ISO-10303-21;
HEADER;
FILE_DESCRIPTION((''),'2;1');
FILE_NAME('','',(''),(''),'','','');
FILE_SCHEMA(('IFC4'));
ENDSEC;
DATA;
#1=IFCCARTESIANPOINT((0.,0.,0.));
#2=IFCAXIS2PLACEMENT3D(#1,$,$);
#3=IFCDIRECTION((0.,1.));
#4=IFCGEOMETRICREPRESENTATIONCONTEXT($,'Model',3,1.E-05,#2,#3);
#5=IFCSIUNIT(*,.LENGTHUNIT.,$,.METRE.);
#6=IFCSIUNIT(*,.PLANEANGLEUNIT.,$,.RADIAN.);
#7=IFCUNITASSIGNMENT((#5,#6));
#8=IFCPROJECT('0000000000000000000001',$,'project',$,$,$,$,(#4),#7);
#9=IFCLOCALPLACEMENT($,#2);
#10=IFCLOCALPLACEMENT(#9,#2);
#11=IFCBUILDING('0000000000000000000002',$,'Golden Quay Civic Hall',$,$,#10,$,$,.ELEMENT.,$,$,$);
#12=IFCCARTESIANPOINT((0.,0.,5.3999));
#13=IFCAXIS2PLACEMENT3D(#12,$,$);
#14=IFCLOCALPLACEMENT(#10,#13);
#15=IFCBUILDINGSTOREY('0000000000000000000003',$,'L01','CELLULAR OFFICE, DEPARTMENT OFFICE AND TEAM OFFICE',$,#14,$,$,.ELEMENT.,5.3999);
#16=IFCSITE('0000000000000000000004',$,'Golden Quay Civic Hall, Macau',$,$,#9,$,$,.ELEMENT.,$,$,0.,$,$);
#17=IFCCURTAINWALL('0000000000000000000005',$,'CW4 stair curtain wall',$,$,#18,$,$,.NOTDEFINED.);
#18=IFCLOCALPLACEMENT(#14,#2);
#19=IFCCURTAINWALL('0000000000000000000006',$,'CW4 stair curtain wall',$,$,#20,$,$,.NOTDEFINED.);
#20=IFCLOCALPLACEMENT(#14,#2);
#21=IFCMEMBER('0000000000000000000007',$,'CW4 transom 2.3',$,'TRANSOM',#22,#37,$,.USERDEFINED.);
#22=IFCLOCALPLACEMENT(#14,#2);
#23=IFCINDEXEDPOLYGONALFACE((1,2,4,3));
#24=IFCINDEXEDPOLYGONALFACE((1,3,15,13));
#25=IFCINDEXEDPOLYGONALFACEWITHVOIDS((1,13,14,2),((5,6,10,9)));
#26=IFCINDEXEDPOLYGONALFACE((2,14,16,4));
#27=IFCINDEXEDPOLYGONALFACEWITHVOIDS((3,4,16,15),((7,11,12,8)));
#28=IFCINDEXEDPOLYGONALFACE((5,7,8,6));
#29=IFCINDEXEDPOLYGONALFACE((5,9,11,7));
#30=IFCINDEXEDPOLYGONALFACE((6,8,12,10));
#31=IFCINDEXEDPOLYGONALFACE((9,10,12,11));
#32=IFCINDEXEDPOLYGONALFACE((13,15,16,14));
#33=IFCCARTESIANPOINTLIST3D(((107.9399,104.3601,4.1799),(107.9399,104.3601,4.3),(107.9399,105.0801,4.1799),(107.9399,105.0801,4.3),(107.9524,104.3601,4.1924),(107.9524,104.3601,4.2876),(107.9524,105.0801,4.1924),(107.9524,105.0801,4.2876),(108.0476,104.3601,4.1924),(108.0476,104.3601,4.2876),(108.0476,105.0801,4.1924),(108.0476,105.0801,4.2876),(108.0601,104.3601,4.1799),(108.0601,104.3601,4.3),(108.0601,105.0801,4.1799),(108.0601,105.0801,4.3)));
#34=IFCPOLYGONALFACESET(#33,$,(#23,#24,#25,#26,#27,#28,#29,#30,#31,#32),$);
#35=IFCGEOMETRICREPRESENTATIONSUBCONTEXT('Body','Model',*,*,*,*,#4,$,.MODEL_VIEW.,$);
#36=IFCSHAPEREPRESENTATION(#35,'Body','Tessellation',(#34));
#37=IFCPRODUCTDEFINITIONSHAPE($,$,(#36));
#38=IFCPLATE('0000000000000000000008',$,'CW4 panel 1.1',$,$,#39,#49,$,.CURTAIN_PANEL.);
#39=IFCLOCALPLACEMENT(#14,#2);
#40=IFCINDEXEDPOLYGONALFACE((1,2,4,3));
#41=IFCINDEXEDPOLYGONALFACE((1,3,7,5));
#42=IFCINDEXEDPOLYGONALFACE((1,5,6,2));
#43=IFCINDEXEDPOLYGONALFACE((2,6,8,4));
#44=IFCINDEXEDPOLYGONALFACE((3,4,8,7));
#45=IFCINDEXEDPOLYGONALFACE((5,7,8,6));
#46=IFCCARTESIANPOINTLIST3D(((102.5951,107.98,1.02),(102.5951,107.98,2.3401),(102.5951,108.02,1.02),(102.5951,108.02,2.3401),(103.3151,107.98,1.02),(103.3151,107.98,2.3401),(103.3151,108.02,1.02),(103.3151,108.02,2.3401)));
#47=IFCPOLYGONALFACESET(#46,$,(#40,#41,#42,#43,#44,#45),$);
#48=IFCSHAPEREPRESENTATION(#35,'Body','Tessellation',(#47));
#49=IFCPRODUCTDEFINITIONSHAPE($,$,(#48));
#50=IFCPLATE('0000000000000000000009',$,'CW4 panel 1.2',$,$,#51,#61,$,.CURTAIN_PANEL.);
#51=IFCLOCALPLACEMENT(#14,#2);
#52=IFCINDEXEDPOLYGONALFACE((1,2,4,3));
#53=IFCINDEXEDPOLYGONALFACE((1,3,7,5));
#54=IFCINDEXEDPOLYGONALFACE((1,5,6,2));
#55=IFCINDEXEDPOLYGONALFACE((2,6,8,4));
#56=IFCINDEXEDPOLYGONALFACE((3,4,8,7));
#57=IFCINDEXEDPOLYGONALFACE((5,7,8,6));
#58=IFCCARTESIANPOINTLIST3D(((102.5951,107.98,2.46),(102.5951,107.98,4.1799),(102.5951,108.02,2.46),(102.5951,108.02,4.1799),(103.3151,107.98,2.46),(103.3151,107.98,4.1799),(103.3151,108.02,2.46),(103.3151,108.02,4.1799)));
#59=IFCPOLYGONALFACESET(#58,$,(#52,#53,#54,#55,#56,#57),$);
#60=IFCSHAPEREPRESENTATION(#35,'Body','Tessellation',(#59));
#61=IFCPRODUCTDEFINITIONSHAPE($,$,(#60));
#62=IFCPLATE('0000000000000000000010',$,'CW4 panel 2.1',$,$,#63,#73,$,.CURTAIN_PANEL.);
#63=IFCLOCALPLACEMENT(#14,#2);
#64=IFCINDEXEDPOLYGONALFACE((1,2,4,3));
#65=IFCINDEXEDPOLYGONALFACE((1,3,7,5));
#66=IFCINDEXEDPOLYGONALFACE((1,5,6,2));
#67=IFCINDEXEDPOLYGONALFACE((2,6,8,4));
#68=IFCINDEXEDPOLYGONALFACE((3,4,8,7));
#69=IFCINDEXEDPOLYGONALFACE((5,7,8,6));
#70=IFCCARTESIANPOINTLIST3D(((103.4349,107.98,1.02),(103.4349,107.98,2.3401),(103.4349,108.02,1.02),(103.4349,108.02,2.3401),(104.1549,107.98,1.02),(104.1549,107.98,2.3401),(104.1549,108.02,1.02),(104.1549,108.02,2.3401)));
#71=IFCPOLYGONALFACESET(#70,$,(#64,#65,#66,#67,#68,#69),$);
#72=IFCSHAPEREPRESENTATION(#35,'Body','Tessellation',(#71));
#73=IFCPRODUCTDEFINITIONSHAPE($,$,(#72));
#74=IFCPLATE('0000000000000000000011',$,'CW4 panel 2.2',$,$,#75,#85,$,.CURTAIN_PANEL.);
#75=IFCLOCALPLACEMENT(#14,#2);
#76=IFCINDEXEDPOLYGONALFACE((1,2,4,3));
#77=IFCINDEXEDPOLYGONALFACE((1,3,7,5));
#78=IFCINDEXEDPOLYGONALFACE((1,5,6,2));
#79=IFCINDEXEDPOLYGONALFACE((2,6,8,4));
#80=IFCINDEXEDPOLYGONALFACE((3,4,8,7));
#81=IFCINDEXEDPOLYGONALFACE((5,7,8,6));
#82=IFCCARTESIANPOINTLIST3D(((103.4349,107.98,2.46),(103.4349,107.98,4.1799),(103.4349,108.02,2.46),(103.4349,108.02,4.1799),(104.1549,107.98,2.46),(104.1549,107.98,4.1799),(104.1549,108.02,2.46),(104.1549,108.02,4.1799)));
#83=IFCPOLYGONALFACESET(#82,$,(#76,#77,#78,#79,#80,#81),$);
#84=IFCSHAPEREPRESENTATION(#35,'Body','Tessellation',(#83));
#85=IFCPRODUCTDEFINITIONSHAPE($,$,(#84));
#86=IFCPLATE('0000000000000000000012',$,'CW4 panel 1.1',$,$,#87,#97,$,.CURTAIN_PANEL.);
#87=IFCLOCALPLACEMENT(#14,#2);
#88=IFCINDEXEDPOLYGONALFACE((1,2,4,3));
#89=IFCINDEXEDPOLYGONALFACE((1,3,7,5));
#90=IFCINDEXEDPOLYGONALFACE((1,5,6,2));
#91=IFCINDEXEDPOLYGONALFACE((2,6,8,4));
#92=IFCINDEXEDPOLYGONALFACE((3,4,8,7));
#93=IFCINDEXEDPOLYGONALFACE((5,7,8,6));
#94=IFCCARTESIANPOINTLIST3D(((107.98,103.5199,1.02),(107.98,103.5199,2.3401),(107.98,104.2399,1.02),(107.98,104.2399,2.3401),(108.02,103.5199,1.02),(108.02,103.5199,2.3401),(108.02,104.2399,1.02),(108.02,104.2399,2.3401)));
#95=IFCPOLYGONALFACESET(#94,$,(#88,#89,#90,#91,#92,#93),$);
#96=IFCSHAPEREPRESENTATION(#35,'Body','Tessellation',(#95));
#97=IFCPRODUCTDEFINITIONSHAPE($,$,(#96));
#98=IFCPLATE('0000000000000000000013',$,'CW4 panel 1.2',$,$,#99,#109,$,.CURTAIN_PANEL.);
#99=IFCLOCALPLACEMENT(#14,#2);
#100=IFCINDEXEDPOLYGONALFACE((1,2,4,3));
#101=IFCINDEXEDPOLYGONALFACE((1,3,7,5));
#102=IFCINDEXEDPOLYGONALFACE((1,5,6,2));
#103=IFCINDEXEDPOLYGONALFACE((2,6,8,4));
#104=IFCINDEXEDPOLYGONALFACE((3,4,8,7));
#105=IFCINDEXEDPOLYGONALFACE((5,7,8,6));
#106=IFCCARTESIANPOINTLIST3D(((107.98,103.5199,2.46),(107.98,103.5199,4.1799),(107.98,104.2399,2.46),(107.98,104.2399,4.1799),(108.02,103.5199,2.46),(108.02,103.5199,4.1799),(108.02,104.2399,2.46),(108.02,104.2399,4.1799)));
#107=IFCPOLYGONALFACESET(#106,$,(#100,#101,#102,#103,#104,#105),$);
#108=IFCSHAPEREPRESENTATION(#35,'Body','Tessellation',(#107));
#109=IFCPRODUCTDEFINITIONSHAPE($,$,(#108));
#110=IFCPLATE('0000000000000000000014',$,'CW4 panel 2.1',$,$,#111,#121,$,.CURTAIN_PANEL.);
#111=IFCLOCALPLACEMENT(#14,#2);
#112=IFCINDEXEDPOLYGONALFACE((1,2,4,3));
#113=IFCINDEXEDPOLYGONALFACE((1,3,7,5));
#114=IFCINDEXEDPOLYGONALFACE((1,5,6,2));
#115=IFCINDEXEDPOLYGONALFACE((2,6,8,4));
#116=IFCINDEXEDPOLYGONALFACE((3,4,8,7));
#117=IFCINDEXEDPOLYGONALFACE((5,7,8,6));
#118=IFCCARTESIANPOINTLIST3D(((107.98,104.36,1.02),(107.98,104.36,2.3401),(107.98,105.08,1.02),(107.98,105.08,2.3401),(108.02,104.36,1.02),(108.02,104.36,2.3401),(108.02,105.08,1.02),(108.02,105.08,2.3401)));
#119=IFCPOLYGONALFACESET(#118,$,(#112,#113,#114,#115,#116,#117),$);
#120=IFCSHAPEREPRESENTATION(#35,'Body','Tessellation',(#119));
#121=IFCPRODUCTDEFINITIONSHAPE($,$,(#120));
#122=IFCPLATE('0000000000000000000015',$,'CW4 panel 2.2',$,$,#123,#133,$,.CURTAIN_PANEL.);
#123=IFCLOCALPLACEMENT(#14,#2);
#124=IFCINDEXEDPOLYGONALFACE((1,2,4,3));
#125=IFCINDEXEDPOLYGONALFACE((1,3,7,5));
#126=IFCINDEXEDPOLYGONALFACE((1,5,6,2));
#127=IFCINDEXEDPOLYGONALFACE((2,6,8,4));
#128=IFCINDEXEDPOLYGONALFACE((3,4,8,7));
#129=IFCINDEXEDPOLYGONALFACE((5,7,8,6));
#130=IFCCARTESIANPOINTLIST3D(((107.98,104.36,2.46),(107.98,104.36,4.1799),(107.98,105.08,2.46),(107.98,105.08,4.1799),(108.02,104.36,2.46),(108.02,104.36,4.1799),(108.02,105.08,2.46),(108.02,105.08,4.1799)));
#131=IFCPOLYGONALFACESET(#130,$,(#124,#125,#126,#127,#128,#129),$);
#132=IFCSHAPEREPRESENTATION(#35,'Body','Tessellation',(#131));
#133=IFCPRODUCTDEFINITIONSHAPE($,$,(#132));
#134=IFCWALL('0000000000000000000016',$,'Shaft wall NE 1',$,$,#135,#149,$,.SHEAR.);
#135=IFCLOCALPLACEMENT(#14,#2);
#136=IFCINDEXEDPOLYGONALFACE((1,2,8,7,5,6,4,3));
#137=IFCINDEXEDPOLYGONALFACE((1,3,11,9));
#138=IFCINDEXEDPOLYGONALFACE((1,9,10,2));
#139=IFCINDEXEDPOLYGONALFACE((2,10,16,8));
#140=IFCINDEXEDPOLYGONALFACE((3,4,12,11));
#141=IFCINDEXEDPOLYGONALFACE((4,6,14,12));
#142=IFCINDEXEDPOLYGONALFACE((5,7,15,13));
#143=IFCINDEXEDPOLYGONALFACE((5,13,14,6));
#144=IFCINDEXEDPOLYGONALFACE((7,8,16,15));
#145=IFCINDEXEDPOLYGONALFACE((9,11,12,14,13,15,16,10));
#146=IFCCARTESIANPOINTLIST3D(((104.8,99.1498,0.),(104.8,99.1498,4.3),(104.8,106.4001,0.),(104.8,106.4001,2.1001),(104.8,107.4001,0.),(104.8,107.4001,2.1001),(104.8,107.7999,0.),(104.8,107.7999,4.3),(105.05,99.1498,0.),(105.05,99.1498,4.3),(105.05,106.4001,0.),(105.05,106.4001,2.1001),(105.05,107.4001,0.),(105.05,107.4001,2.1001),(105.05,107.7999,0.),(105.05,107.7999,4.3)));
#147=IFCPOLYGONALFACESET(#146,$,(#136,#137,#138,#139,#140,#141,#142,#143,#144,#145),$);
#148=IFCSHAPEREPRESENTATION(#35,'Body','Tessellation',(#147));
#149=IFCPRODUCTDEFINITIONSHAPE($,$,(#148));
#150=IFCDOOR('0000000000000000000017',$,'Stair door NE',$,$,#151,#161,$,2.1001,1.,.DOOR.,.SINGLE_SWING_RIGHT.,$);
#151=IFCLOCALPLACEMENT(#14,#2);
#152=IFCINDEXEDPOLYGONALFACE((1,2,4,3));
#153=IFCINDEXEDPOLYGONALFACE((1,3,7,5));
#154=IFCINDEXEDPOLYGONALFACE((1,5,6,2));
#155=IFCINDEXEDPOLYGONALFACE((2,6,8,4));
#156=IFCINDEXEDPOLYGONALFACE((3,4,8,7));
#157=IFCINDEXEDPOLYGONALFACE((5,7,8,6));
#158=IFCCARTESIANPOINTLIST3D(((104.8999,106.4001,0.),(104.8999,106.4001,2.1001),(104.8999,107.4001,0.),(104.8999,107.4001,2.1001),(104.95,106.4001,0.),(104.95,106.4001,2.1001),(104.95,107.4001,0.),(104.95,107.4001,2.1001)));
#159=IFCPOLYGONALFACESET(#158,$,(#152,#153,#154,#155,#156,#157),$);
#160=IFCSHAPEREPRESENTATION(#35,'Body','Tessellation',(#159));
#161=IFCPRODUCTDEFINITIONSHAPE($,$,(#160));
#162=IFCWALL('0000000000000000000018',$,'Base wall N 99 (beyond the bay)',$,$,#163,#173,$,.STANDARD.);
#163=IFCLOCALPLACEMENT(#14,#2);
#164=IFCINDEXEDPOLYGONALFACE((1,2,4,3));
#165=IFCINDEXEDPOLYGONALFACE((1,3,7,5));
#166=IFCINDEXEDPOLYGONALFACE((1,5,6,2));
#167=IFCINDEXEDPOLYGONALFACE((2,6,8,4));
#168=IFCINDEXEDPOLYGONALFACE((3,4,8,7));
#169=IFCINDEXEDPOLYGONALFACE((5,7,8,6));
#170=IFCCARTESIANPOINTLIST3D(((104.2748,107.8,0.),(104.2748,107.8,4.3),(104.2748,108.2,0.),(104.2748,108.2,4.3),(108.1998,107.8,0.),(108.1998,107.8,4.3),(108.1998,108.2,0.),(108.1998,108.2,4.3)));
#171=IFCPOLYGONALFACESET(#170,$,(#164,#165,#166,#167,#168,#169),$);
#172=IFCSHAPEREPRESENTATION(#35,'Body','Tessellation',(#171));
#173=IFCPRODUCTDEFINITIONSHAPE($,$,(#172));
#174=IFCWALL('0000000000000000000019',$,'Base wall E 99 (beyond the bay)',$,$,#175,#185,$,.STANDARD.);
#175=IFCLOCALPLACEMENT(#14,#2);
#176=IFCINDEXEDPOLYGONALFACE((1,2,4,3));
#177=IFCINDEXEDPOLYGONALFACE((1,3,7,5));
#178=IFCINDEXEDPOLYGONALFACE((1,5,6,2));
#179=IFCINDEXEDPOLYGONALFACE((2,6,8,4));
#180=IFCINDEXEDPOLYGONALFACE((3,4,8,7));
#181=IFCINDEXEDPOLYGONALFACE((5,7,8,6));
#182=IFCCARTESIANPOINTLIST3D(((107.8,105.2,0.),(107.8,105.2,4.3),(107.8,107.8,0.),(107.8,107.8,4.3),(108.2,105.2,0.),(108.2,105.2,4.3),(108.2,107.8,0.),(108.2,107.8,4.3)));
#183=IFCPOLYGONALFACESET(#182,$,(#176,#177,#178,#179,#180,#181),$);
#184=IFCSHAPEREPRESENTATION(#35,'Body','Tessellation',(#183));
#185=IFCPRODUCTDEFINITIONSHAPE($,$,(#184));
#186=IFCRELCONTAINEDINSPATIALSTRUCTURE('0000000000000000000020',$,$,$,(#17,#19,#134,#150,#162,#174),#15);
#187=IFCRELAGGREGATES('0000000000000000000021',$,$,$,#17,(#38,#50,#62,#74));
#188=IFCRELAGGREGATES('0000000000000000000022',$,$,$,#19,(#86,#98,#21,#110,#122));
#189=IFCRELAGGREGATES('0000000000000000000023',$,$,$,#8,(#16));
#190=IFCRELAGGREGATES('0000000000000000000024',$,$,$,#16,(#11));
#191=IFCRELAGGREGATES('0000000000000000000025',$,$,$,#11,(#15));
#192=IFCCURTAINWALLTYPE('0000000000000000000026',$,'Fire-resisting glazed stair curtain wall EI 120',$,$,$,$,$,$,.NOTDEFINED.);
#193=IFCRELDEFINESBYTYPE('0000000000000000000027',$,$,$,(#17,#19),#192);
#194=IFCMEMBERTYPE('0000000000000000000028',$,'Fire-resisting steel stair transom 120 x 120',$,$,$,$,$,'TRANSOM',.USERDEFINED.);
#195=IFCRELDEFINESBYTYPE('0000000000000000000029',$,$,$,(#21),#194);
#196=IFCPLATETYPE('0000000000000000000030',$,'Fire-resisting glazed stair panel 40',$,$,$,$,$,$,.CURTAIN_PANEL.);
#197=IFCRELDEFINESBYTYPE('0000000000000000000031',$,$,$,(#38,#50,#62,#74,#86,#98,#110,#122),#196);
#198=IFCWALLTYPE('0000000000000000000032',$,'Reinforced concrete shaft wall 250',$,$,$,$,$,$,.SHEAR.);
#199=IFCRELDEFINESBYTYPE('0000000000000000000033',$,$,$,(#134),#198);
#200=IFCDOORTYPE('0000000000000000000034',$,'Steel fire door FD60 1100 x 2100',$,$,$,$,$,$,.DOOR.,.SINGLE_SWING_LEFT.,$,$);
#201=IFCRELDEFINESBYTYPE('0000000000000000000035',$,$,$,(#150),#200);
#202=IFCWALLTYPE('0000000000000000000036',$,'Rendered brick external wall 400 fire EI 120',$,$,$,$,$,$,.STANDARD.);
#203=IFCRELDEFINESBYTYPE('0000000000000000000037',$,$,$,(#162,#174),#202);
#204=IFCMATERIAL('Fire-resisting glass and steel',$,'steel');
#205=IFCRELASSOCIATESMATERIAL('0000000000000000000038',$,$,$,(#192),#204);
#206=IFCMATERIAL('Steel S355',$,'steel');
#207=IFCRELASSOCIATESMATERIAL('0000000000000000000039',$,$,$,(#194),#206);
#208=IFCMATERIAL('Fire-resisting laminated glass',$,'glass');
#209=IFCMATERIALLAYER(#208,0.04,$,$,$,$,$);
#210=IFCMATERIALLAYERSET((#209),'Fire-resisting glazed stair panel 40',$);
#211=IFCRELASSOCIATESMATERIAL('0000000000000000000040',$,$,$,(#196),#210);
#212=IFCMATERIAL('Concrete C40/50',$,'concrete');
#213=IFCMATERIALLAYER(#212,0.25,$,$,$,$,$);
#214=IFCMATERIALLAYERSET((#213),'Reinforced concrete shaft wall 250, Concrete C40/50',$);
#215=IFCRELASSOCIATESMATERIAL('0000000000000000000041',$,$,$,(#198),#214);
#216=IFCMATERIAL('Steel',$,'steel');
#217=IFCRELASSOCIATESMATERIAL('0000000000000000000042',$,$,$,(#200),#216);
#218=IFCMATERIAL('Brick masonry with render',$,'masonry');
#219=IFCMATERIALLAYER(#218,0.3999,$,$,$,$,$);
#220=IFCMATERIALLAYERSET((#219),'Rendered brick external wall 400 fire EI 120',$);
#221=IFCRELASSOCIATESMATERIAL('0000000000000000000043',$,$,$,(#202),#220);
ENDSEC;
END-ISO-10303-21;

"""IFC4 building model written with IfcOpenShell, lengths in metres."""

from ifc_helpers import new_model, si_unit, direction, frame, frame_2d, origin, origin_2d, place, context, subcontext, project, spatial, rectangle, hollow_rectangle, extrude, material, layer, layer_set, material_profile, profile_set, type_object, element, fill, aggregate, save


model = new_model("IFC4")

# Units and contexts
model_context = context("Model", 3, precision=1e-05, world=origin(), true_north=direction((0.0, 1.0)))
body_context = subcontext(model_context, "Body", "Model", "MODEL_VIEW")
ifc_project = project(units=[si_unit("LENGTHUNIT", "METRE"), si_unit("PLANEANGLEUNIT", "RADIAN")], contexts=[model_context])

# Site, building, storey
site_placement = place(None, origin())
site = spatial("IfcSite", under=ifc_project, at=site_placement, Name="Golden Quay Civic Hall, Macau", CompositionType="ELEMENT", RefElevation=0.0)
building_placement = place(site_placement, origin())
building = spatial("IfcBuilding", under=site, at=building_placement, Name="Golden Quay Civic Hall", CompositionType="ELEMENT")
storey_placement = place(building_placement, frame((0.0, 0.0, 5.3999)))
storey = spatial("IfcBuildingStorey", under=building, at=storey_placement, Name="L01", Description="CELLULAR OFFICE, DEPARTMENT OFFICE AND TEAM OFFICE", CompositionType="ELEMENT", Elevation=5.3999)

# Curtain walls
ifc_material_1 = material(Name="Fire-resisting glass and steel", Category="steel")
curtain_wall_type = type_object("IfcCurtainWallType", Name="Fire-resisting glazed stair curtain wall EI 120", PredefinedType="NOTDEFINED", material=ifc_material_1)
curtain_wall_1_placement = place(storey_placement, origin())
curtain_wall_1 = element("IfcCurtainWall", 1, at=curtain_wall_1_placement, inside=storey, type_object=curtain_wall_type, Name="CW4 stair curtain wall", PredefinedType="NOTDEFINED")
curtain_wall_2_placement = place(storey_placement, origin())
curtain_wall_2 = element("IfcCurtainWall", 2, at=curtain_wall_2_placement, inside=storey, type_object=curtain_wall_type, Name="CW4 stair curtain wall", PredefinedType="NOTDEFINED")

# Member
ifc_material_2 = material(Name="Steel S355", Category="steel")
ifc_material_profile_1 = material_profile(ifc_material_2, hollow_rectangle(XDim=0.1201, YDim=0.1201, WallThickness=0.0125, at=origin_2d()), Name="SHS 120x120x12.5")
ifc_profile_set_1 = profile_set([ifc_material_profile_1], Name="Steel S355")
member_type_1 = type_object("IfcMemberType", Name="Fire-resisting steel stair transom 120 x 120", ElementType="TRANSOM", PredefinedType="USERDEFINED", material=ifc_profile_set_1)
member_1_placement = place(storey_placement, frame((108.0, 104.3601, 4.24), z_axis=(0.0, 1.0, 0.0), x_axis=(-1.0, 0.0, 0.0)))
member_1 = element("IfcMember", 3, at=member_1_placement, type_object=member_type_1, Name="CW4 transom 2.3", ObjectType="TRANSOM", PredefinedType="USERDEFINED", context=body_context, shape_type="SweptSolid", body=[
    extrude(hollow_rectangle(XDim=0.1201, YDim=0.1201, WallThickness=0.0125, at=origin_2d()), origin(), (0.0, 0.0, 1.0), 0.72),
])

# Plates
ifc_material_3 = material(Name="Fire-resisting laminated glass", Category="glass")
ifc_layer_1 = layer(ifc_material_3, 0.04)
ifc_layer_set_1 = layer_set([ifc_layer_1], Name="Fire-resisting glazed stair panel 40")
plate_type = type_object("IfcPlateType", Name="Fire-resisting glazed stair panel 40", PredefinedType="CURTAIN_PANEL", material=ifc_layer_set_1)
plate_1_placement = place(storey_placement, frame((102.9551, 108.0, 1.02), z_axis=(0.0, 0.0, 1.0), x_axis=(1.0, 0.0, 0.0)))
plate_1 = element("IfcPlate", 4, at=plate_1_placement, type_object=plate_type, Name="CW4 panel 1.1", PredefinedType="CURTAIN_PANEL", context=body_context, shape_type="SweptSolid", body=[
    extrude(rectangle(XDim=0.72, YDim=0.04, at=origin_2d()), origin(), (0.0, 0.0, 1.0), 1.3201),
])
plate_2_placement = place(storey_placement, frame((102.9551, 108.0, 2.46), z_axis=(0.0, 0.0, 1.0), x_axis=(1.0, 0.0, 0.0)))
plate_2 = element("IfcPlate", 5, at=plate_2_placement, type_object=plate_type, Name="CW4 panel 1.2", PredefinedType="CURTAIN_PANEL", context=body_context, shape_type="SweptSolid", body=[
    extrude(rectangle(XDim=0.72, YDim=0.04, at=origin_2d()), origin(), (0.0, 0.0, 1.0), 1.72),
])
plate_3_placement = place(storey_placement, frame((103.7949, 108.0, 1.02), z_axis=(0.0, 0.0, 1.0), x_axis=(1.0, 0.0, 0.0)))
plate_3 = element("IfcPlate", 6, at=plate_3_placement, type_object=plate_type, Name="CW4 panel 2.1", PredefinedType="CURTAIN_PANEL", context=body_context, shape_type="SweptSolid", body=[
    extrude(rectangle(XDim=0.72, YDim=0.04, at=origin_2d()), origin(), (0.0, 0.0, 1.0), 1.3201),
])
plate_4_placement = place(storey_placement, frame((103.7949, 108.0, 2.46), z_axis=(0.0, 0.0, 1.0), x_axis=(1.0, 0.0, 0.0)))
plate_4 = element("IfcPlate", 7, at=plate_4_placement, type_object=plate_type, Name="CW4 panel 2.2", PredefinedType="CURTAIN_PANEL", context=body_context, shape_type="SweptSolid", body=[
    extrude(rectangle(XDim=0.72, YDim=0.04, at=origin_2d()), origin(), (0.0, 0.0, 1.0), 1.72),
])
aggregate(curtain_wall_1, [plate_1, plate_2, plate_3, plate_4])
plate_5_placement = place(storey_placement, frame((108.0, 103.8799, 1.02), z_axis=(0.0, 0.0, 1.0), x_axis=(0.0, 1.0, 0.0)))
plate_5 = element("IfcPlate", 8, at=plate_5_placement, type_object=plate_type, Name="CW4 panel 1.1", PredefinedType="CURTAIN_PANEL", context=body_context, shape_type="SweptSolid", body=[
    extrude(rectangle(XDim=0.72, YDim=0.04, at=origin_2d()), origin(), (0.0, 0.0, 1.0), 1.3201),
])
plate_6_placement = place(storey_placement, frame((108.0, 103.8799, 2.46), z_axis=(0.0, 0.0, 1.0), x_axis=(0.0, 1.0, 0.0)))
plate_6 = element("IfcPlate", 9, at=plate_6_placement, type_object=plate_type, Name="CW4 panel 1.2", PredefinedType="CURTAIN_PANEL", context=body_context, shape_type="SweptSolid", body=[
    extrude(rectangle(XDim=0.72, YDim=0.04, at=origin_2d()), origin(), (0.0, 0.0, 1.0), 1.72),
])
plate_7_placement = place(storey_placement, frame((108.0, 104.72, 1.02), z_axis=(0.0, 0.0, 1.0), x_axis=(0.0, 1.0, 0.0)))
plate_7 = element("IfcPlate", 10, at=plate_7_placement, type_object=plate_type, Name="CW4 panel 2.1", PredefinedType="CURTAIN_PANEL", context=body_context, shape_type="SweptSolid", body=[
    extrude(rectangle(XDim=0.72, YDim=0.04, at=origin_2d()), origin(), (0.0, 0.0, 1.0), 1.3201),
])
plate_8_placement = place(storey_placement, frame((108.0, 104.72, 2.46), z_axis=(0.0, 0.0, 1.0), x_axis=(0.0, 1.0, 0.0)))
plate_8 = element("IfcPlate", 11, at=plate_8_placement, type_object=plate_type, Name="CW4 panel 2.2", PredefinedType="CURTAIN_PANEL", context=body_context, shape_type="SweptSolid", body=[
    extrude(rectangle(XDim=0.72, YDim=0.04, at=origin_2d()), origin(), (0.0, 0.0, 1.0), 1.72),
])
aggregate(curtain_wall_2, [plate_5, plate_6, member_1, plate_7, plate_8])

# Wall, opening, door
ifc_material_4 = material(Name="Concrete C40/50", Category="concrete")
ifc_layer_2 = layer(ifc_material_4, 0.25)
ifc_layer_set_2 = layer_set([ifc_layer_2], Name="Reinforced concrete shaft wall 250, Concrete C40/50")
wall_type_1 = type_object("IfcWallType", Name="Reinforced concrete shaft wall 250", PredefinedType="SHEAR", material=ifc_layer_set_2)
wall_1_placement = place(storey_placement, frame((104.925, 107.8, 0.0), z_axis=(0.0, 0.0, 1.0), x_axis=(0.0, -1.0, 0.0)))
wall_1 = element("IfcWall", 12, at=wall_1_placement, inside=storey, type_object=wall_type_1, Name="Shaft wall NE 1", PredefinedType="SHEAR", context=body_context, shape_type="SweptSolid", body=[
    extrude(rectangle(XDim=8.6501, YDim=0.25, at=frame_2d((4.3252, 0.0))), origin(), (0.0, 0.0, 1.0), 4.3),
])
opening_placement = place(wall_1_placement, frame((0.3999, 0.0, 0.0)))
opening = element("IfcOpeningElement", 13, at=opening_placement, cuts=wall_1, PredefinedType="OPENING", context=body_context, shape_type="SweptSolid", body=[
    extrude(rectangle(XDim=1.0, YDim=2.1001, at=frame_2d((0.5, 1.05))), frame((0.0, 0.135, 0.0), z_axis=(0.0, -1.0, 0.0), x_axis=(1.0, 0.0, 0.0)), (0.0, 0.0, 1.0), 0.27),
])
ifc_material_5 = material(Name="Steel", Category="steel")
door_type = type_object("IfcDoorType", Name="Steel fire door FD60 1100 x 2100", OperationType="SINGLE_SWING_LEFT", PredefinedType="DOOR", material=ifc_material_5)
door_placement = place(opening_placement, frame((1.0, 0.0, 0.0), z_axis=(0.0, 0.0, 1.0), x_axis=(-1.0, 0.0, 0.0)))
door = element("IfcDoor", 14, at=door_placement, inside=storey, type_object=door_type, Name="Stair door NE", OperationType="SINGLE_SWING_RIGHT", OverallHeight=2.1001, OverallWidth=1.0, PredefinedType="DOOR", context=body_context, shape_type="SweptSolid", body=[
    extrude(rectangle(XDim=1.0, YDim=2.1001, at=frame_2d((0.5, 1.05))), frame((0.0, 0.0251, 0.0), z_axis=(0.0, -1.0, 0.0), x_axis=(1.0, 0.0, 0.0)), (0.0, 0.0, 1.0), 0.05),
])
fill(opening, door)

# Walls
ifc_material_6 = material(Name="Brick masonry with render", Category="masonry")
ifc_layer_3 = layer(ifc_material_6, 0.3999)
ifc_layer_set_3 = layer_set([ifc_layer_3], Name="Rendered brick external wall 400 fire EI 120")
wall_type_2 = type_object("IfcWallType", Name="Rendered brick external wall 400 fire EI 120", PredefinedType="STANDARD", material=ifc_layer_set_3)
wall_2_placement = place(storey_placement, frame((104.2749, 108.0, 0.0), z_axis=(0.0, 0.0, 1.0), x_axis=(1.0, 0.0, 0.0)))
element("IfcWall", 15, at=wall_2_placement, inside=storey, type_object=wall_type_2, Name="Base wall N 99 (beyond the bay)", PredefinedType="STANDARD", context=body_context, shape_type="SweptSolid", body=[
    extrude(rectangle(XDim=3.925, YDim=0.3999, at=frame_2d((1.9624, 0.0))), origin(), (0.0, 0.0, 1.0), 4.3),
])
wall_3_placement = place(storey_placement, frame((108.0, 105.2, 0.0), z_axis=(0.0, 0.0, 1.0), x_axis=(0.0, 1.0, 0.0)))
element("IfcWall", 16, at=wall_3_placement, inside=storey, type_object=wall_type_2, Name="Base wall E 99 (beyond the bay)", PredefinedType="STANDARD", context=body_context, shape_type="SweptSolid", body=[
    extrude(rectangle(XDim=2.6001, YDim=0.3999, at=frame_2d((1.3, 0.0))), origin(), (0.0, 0.0, 1.0), 4.3),
])

save(model, "model.ifc")
